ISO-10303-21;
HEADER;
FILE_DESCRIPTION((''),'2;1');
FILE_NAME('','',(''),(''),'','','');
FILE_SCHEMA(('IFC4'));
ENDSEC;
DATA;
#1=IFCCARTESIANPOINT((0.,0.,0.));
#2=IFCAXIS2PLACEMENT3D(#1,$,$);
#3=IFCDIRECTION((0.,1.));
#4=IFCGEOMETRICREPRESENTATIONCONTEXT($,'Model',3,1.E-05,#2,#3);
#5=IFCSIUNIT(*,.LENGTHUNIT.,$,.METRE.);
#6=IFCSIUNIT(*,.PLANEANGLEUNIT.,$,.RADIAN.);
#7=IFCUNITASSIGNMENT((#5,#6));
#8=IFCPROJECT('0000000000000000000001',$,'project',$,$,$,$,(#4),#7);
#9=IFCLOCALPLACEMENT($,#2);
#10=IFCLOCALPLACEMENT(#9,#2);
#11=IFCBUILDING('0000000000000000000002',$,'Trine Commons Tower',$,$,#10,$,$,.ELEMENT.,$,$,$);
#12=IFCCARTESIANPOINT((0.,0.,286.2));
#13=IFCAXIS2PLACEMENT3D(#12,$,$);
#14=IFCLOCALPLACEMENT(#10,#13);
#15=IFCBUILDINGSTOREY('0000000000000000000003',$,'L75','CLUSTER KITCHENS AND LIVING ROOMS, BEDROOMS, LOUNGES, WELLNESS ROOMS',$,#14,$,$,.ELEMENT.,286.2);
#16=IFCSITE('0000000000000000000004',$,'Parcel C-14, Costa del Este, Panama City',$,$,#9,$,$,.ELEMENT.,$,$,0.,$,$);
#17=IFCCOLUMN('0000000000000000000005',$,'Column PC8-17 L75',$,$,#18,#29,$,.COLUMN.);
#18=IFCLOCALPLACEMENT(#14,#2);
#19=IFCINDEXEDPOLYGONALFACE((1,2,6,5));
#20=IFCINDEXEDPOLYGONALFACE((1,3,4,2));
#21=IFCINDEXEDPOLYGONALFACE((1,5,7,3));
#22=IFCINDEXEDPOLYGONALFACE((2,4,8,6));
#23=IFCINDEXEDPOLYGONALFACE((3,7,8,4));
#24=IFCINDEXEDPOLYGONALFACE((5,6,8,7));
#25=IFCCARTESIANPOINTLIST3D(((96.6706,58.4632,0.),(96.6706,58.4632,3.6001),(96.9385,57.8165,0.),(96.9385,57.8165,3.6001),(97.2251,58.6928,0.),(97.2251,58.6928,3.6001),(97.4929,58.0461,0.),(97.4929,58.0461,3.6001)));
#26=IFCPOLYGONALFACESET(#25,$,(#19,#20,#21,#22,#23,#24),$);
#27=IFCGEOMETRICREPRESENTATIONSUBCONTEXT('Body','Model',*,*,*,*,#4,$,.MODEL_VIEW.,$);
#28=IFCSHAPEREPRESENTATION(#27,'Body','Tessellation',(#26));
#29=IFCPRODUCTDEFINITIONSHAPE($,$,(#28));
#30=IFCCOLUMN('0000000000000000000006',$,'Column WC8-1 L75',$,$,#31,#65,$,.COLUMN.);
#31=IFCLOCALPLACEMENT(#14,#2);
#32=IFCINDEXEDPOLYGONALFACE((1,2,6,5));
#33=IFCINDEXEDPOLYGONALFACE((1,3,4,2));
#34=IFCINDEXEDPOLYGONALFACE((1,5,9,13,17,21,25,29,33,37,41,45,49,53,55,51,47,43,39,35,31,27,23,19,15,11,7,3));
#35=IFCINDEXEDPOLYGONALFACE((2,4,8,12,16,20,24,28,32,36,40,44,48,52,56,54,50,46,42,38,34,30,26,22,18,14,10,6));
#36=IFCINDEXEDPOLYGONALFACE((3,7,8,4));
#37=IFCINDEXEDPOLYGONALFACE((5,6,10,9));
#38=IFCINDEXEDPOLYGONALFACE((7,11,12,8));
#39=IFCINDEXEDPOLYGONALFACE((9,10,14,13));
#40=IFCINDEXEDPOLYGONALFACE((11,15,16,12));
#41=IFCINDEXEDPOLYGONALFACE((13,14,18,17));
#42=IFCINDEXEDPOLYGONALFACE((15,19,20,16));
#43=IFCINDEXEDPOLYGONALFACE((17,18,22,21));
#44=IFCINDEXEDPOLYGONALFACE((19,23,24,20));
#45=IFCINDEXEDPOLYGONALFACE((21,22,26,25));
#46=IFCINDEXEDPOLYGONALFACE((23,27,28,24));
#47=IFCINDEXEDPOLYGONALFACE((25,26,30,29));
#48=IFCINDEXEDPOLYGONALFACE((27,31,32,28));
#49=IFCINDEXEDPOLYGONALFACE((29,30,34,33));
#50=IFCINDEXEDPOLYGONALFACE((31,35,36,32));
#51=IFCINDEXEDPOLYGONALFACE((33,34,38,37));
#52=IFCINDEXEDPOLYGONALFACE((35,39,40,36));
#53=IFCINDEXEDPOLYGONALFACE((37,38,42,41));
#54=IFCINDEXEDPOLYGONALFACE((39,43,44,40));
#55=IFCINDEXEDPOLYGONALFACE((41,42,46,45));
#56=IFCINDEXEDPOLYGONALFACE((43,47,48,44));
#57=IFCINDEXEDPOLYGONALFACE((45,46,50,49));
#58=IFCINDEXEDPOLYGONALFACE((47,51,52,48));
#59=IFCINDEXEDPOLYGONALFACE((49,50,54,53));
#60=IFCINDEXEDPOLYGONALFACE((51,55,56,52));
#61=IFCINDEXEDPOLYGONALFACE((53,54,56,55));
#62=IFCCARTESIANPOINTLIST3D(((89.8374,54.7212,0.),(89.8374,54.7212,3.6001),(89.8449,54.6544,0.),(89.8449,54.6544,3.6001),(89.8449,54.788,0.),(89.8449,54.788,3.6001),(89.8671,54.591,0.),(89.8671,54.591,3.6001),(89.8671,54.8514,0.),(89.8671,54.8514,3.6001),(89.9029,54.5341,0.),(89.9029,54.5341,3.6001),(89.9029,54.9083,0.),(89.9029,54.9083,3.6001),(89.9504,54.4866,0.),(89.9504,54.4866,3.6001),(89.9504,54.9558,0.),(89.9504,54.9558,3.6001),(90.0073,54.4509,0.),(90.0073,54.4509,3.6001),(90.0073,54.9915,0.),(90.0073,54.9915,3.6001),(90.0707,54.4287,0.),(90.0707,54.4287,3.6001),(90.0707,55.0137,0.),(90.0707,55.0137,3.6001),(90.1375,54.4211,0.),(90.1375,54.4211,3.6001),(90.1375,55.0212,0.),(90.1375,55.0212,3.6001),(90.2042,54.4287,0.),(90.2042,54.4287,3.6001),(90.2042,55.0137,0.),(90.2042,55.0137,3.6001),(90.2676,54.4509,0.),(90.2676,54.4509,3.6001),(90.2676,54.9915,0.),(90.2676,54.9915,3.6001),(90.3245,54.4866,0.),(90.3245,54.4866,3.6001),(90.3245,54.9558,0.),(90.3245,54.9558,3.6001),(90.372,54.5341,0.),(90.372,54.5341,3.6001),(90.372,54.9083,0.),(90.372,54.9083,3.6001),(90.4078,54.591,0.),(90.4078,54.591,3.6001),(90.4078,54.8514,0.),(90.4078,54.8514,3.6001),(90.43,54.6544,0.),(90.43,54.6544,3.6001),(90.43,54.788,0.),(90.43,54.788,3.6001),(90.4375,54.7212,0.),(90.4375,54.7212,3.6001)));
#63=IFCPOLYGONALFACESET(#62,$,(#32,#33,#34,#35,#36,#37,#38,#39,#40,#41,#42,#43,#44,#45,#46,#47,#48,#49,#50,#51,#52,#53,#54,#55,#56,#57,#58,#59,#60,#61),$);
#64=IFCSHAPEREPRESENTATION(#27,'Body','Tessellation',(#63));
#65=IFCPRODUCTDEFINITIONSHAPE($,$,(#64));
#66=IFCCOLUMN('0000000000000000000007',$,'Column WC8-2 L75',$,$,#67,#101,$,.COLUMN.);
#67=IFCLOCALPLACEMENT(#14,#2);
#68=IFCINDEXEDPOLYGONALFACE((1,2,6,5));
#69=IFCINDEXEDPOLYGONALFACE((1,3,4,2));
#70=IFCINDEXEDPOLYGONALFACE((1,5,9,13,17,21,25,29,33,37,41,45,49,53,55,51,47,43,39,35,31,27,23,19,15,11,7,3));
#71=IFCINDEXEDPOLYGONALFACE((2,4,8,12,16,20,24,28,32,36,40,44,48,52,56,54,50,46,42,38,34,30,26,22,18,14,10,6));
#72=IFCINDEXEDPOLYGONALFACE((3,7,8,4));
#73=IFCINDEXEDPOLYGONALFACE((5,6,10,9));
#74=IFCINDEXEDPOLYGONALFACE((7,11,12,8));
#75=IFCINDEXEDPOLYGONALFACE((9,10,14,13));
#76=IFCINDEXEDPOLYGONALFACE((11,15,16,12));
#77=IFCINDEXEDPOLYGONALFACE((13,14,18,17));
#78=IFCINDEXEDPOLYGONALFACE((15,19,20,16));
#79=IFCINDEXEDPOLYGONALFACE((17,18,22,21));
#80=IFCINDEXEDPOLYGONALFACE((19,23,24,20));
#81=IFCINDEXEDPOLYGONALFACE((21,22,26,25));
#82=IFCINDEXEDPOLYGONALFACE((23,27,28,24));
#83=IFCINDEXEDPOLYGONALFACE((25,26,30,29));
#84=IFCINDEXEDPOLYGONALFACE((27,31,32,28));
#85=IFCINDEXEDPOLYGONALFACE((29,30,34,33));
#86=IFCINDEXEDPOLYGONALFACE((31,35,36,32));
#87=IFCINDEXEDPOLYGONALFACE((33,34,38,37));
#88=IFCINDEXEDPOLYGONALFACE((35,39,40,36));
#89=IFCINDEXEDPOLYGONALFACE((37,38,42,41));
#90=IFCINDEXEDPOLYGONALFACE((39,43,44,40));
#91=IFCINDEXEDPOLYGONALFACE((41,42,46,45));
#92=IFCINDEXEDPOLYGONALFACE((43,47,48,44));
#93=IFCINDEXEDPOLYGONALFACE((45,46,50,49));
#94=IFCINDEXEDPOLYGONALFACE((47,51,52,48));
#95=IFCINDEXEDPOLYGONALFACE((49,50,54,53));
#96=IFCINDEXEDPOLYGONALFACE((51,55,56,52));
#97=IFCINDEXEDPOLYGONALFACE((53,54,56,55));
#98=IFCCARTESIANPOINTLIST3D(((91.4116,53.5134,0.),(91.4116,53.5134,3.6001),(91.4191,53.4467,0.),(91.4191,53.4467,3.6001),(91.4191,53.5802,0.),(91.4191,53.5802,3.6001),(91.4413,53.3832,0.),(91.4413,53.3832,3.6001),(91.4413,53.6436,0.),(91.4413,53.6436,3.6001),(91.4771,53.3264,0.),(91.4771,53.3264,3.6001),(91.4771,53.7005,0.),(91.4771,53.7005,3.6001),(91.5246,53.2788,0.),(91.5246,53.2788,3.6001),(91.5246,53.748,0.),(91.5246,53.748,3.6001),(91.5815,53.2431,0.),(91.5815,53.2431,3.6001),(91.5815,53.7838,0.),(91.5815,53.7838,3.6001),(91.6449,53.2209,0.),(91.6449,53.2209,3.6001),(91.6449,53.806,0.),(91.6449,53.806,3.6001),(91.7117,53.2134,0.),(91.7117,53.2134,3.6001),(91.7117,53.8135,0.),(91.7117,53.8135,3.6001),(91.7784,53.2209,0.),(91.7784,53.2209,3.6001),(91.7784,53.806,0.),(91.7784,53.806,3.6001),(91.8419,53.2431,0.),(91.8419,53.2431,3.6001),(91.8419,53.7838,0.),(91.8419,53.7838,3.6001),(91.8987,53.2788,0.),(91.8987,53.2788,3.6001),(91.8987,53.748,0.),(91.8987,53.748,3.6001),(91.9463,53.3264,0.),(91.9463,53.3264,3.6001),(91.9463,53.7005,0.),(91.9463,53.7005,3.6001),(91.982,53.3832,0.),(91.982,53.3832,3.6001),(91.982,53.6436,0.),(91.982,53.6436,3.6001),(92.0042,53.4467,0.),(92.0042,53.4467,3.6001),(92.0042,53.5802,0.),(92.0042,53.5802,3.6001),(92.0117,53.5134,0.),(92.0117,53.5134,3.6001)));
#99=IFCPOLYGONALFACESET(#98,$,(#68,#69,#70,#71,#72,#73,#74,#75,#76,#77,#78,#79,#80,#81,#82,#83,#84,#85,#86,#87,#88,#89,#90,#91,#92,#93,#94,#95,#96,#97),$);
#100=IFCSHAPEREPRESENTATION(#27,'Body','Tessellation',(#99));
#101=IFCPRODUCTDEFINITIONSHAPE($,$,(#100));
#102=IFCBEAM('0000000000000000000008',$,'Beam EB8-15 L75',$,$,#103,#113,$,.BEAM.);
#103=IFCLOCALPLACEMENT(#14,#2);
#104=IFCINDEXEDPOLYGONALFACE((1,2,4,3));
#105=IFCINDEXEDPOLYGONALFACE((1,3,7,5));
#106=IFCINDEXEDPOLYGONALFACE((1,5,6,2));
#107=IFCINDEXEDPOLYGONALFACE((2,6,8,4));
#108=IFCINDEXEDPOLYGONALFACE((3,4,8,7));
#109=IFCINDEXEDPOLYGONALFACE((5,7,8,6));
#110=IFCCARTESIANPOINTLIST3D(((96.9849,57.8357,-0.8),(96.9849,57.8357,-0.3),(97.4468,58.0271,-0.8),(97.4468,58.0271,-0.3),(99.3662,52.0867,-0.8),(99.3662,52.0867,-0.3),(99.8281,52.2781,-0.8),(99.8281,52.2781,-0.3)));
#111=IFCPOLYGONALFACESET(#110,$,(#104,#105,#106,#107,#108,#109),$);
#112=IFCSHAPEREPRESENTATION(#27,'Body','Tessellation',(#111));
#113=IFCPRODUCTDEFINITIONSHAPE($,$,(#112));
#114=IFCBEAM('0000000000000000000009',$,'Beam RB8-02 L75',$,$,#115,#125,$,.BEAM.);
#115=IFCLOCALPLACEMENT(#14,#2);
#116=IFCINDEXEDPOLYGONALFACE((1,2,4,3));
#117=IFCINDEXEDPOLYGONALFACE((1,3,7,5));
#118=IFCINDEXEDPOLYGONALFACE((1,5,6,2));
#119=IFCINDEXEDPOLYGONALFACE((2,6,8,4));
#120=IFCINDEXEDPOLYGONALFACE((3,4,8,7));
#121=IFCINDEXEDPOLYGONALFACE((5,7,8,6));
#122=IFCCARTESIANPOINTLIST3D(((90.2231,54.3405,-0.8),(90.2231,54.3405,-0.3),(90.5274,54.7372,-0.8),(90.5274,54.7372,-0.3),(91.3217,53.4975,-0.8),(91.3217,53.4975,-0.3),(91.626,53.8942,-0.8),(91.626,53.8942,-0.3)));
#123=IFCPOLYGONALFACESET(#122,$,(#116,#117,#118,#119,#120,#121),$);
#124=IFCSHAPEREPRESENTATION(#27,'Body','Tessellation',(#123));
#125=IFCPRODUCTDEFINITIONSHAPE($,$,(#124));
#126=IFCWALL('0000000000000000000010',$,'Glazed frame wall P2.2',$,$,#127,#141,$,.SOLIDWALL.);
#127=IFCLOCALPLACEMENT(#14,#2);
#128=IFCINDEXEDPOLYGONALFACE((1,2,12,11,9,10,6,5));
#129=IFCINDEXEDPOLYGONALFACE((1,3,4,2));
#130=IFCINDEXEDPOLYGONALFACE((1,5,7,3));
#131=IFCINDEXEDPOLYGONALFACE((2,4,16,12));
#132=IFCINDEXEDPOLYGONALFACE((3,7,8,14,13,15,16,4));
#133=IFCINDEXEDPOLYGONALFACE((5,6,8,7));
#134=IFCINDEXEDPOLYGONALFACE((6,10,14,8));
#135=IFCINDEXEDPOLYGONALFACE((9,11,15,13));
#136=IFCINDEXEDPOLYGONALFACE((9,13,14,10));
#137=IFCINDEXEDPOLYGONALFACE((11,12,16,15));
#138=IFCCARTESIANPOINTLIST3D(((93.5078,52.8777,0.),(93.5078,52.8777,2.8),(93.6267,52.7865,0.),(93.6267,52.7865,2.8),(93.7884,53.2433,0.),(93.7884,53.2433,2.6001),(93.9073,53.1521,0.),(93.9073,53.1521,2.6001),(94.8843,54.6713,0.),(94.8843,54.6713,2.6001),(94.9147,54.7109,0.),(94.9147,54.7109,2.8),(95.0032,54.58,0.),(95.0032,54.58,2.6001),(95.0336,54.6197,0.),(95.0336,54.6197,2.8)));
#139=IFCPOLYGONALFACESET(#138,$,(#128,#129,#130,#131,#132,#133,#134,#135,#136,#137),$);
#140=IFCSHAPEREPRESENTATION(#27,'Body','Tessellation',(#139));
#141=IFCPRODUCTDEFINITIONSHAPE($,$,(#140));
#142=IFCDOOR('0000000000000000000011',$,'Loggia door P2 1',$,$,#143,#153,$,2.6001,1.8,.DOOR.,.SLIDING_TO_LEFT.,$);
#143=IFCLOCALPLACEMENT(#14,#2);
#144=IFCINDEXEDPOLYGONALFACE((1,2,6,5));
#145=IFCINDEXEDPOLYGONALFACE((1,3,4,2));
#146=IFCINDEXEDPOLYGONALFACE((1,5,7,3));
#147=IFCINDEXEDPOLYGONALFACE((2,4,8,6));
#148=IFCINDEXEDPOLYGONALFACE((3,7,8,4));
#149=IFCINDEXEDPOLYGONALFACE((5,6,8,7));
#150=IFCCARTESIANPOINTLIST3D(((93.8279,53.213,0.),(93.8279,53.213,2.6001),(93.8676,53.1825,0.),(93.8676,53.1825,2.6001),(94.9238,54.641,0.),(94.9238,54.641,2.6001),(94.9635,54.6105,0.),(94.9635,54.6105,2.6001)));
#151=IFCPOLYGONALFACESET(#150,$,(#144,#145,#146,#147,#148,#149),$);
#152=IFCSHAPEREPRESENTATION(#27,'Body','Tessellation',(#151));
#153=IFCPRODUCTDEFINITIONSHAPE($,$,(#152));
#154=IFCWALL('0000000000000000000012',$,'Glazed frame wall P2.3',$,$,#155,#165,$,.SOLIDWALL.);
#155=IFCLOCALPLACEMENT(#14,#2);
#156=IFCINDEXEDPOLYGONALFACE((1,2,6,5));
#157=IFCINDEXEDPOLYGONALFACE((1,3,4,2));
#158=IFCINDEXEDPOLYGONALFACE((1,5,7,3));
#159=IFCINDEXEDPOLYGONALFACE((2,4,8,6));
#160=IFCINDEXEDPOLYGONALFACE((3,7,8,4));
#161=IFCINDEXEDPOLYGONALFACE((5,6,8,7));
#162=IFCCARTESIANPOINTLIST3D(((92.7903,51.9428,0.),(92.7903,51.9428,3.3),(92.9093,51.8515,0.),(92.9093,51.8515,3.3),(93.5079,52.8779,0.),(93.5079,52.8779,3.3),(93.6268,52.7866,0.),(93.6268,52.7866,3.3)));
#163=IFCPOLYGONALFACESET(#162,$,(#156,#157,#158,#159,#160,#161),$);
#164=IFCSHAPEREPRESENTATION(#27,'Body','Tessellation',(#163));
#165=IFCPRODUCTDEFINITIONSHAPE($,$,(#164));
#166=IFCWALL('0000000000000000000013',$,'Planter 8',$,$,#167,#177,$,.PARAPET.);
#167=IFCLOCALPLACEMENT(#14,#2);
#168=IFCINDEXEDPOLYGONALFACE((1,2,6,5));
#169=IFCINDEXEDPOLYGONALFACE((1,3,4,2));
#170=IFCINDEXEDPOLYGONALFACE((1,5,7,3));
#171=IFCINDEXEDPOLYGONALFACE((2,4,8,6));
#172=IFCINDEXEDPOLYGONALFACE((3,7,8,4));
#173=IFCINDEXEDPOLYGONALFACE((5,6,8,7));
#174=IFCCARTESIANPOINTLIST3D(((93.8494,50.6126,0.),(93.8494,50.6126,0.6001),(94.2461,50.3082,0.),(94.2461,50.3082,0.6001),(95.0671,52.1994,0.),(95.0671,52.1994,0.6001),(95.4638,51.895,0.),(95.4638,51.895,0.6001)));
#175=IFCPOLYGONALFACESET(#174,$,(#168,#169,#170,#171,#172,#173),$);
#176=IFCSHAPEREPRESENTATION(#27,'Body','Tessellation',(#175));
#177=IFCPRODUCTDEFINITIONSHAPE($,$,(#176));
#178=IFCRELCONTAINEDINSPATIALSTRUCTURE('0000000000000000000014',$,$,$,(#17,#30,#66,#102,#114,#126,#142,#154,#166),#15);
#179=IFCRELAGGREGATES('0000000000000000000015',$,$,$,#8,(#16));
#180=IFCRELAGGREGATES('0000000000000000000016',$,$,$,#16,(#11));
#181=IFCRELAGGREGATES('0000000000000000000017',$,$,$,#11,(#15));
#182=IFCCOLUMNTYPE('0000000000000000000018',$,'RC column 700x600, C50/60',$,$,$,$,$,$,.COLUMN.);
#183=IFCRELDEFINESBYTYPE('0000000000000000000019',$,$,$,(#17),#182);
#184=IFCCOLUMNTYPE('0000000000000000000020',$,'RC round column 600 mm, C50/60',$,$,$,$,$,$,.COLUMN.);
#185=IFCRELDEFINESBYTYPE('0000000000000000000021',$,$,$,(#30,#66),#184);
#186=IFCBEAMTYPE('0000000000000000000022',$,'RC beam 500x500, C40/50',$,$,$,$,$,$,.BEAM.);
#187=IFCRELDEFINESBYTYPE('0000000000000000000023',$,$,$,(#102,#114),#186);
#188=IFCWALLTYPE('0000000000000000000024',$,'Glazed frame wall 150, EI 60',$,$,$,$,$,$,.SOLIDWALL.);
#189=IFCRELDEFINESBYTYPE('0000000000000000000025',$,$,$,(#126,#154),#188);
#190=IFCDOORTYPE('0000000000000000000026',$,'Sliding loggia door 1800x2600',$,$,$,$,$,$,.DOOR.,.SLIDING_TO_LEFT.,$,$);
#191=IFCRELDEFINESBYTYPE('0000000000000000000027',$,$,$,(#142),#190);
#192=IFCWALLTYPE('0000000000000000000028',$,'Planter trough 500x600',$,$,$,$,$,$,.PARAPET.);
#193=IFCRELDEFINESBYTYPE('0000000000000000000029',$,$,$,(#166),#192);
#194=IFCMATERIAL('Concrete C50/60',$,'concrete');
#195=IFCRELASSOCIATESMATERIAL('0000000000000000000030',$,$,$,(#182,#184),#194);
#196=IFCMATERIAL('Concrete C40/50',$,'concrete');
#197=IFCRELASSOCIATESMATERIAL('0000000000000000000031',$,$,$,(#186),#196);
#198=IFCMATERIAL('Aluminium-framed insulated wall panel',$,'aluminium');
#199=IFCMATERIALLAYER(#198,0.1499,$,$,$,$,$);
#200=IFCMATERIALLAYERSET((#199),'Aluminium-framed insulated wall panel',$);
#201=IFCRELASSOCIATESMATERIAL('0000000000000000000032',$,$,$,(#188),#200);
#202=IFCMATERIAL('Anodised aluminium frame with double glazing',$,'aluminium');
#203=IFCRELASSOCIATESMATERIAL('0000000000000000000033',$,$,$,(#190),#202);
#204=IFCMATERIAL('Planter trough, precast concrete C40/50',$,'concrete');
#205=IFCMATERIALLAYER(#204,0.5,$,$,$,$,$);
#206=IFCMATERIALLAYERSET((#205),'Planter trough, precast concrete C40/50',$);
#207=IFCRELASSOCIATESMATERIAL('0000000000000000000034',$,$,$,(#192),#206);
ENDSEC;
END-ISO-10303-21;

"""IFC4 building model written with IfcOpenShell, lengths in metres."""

from ifc_helpers import new_model, si_unit, direction, frame, frame_2d, origin, origin_2d, place, context, subcontext, project, spatial, polyline, rectangle, circle, outline, extrude, material, layer, layer_set, material_profile, profile_set, type_object, element, fill, save


model = new_model("IFC4")

# Units and contexts
model_context = context("Model", 3, precision=1e-05, world=origin(), true_north=direction((0.0, 1.0)))
body_context = subcontext(model_context, "Body", "Model", "MODEL_VIEW")
ifc_project = project(units=[si_unit("LENGTHUNIT", "METRE"), si_unit("PLANEANGLEUNIT", "RADIAN")], contexts=[model_context])

# Site, building, storey
site_placement = place(None, origin())
site = spatial("IfcSite", under=ifc_project, at=site_placement, Name="Parcel C-14, Costa del Este, Panama City", CompositionType="ELEMENT", RefElevation=0.0)
building_placement = place(site_placement, origin())
building = spatial("IfcBuilding", under=site, at=building_placement, Name="Trine Commons Tower", CompositionType="ELEMENT")
storey_placement = place(building_placement, frame((0.0, 0.0, 286.2)))
storey = spatial("IfcBuildingStorey", under=building, at=storey_placement, Name="L75", Description="CLUSTER KITCHENS AND LIVING ROOMS, BEDROOMS, LOUNGES, WELLNESS ROOMS", CompositionType="ELEMENT", Elevation=286.2)

# Columns
ifc_material_1 = material(Name="Concrete C50/60", Category="concrete")
ifc_material_profile_1 = material_profile(ifc_material_1, rectangle(XDim=0.7, YDim=0.6001, at=origin_2d()), Name="RC 700x600")
ifc_profile_set_1 = profile_set([ifc_material_profile_1], Name="Concrete C50/60")
column_type_1 = type_object("IfcColumnType", Name="RC column 700x600, C50/60", PredefinedType="COLUMN", material=ifc_profile_set_1)
column_placement = place(storey_placement, frame((97.0818, 58.2546, 0.0), z_axis=(0.0, 0.0, 1.0), x_axis=(-0.382683, 0.92388, 0.0)))
element("IfcColumn", 1, at=column_placement, inside=storey, type_object=column_type_1, Name="Column PC8-17 L75", PredefinedType="COLUMN", context=body_context, shape_type="SweptSolid", body=[
    extrude(rectangle(XDim=0.7, YDim=0.6001, at=origin_2d()), origin(), (0.0, 0.0, 1.0), 3.6001),
])
ifc_material_profile_2 = material_profile(ifc_material_1, circle(Radius=0.3, at=origin_2d()), Name="RC round 600")
ifc_profile_set_2 = profile_set([ifc_material_profile_2], Name="Concrete C50/60")
column_type_2 = type_object("IfcColumnType", Name="RC round column 600 mm, C50/60", PredefinedType="COLUMN", material=ifc_profile_set_2)
for number, where, z_axis, x_axis, name in (
    (2, (90.1375, 54.7212, 0.0), (0.0, 0.0, 1.0), (1.0, 0.0, 0.0), "Column WC8-1 L75"),
    (3, (91.7117, 53.5134, 0.0), (0.0, 0.0, 1.0), (1.0, 0.0, 0.0), "Column WC8-2 L75"),
):
    element("IfcColumn", number, at=place(storey_placement, frame(where, z_axis=z_axis, x_axis=x_axis)), inside=storey, type_object=column_type_2, Name=name, PredefinedType="COLUMN", context=body_context, shape_type="SweptSolid", body=[
        extrude(circle(Radius=0.3, at=origin_2d()), origin(), (0.0, 0.0, 1.0), 3.6001),
    ])

# Beams
ifc_material_2 = material(Name="Concrete C40/50", Category="concrete")
ifc_material_profile_3 = material_profile(ifc_material_2, rectangle(XDim=0.5, YDim=0.5, at=origin_2d()), Name="RC 500x500")
ifc_profile_set_3 = profile_set([ifc_material_profile_3], Name="Concrete C40/50")
beam_type = type_object("IfcBeamType", Name="RC beam 500x500, C40/50", PredefinedType="BEAM", material=ifc_profile_set_3)
beam_1_placement = place(storey_placement, frame((97.2158, 57.9314, -0.55), z_axis=(0.382687, -0.923878, 0.0), x_axis=(0.923878, 0.382687, 0.0)))
element("IfcBeam", 4, at=beam_1_placement, inside=storey, type_object=beam_type, Name="Beam EB8-15 L75", PredefinedType="BEAM", context=body_context, shape_type="SweptSolid", body=[
    extrude(rectangle(XDim=0.5, YDim=0.5, at=origin_2d()), origin(), (0.0, 0.0, 1.0), 6.2227),
])
beam_2_placement = place(storey_placement, frame((90.3752, 54.5388, -0.55), z_axis=(0.793351, -0.608765, 0.0), x_axis=(0.608765, 0.793351, 0.0)))
element("IfcBeam", 5, at=beam_2_placement, inside=storey, type_object=beam_type, Name="Beam RB8-02 L75", PredefinedType="BEAM", context=body_context, shape_type="SweptSolid", body=[
    extrude(rectangle(XDim=0.5, YDim=0.5, at=origin_2d()), origin(), (0.0, 0.0, 1.0), 1.3848),
])

# Shared definitions
ifc_material_3 = material(Name="Aluminium-framed insulated wall panel", Category="aluminium")
ifc_layer_1 = layer(ifc_material_3, 0.1499)
ifc_layer_set_1 = layer_set([ifc_layer_1], Name="Aluminium-framed insulated wall panel")
wall_type_1 = type_object("IfcWallType", Name="Glazed frame wall 150, EI 60", PredefinedType="SOLIDWALL", material=ifc_layer_set_1)

# Wall, opening, door
wall_1_placement = place(storey_placement, frame((94.9741, 54.6653, 0.0), z_axis=(0.0, 0.0, 1.0), x_axis=(-0.608822, -0.793307, 0.0)))
wall_1 = element("IfcWall", 6, at=wall_1_placement, inside=storey, type_object=wall_type_1, Name="Glazed frame wall P2.2", PredefinedType="SOLIDWALL", context=body_context, shape_type="SweptSolid", body=[
    extrude(outline(polyline([(0.0, -0.075), (2.3108, -0.075), (2.3108, 0.075), (0.0, 0.075), (0.0, -0.075)])), origin(), (0.0, 0.0, 1.0), 2.8),
])
opening_1_placement = place(wall_1_placement, frame((0.05, 0.0, 0.0)))
opening_1 = element("IfcOpeningElement", 7, at=opening_1_placement, cuts=wall_1, PredefinedType="OPENING", context=body_context, shape_type="SweptSolid", body=[
    extrude(rectangle(XDim=1.8, YDim=2.6001, at=frame_2d((0.8999, 1.3))), frame((0.0, 0.085, 0.0), z_axis=(0.0, -1.0, 0.0), x_axis=(1.0, 0.0, 0.0)), (0.0, 0.0, 1.0), 0.1699),
])
ifc_material_4 = material(Name="Anodised aluminium frame with double glazing", Category="aluminium")
door_type_1 = type_object("IfcDoorType", Name="Sliding loggia door 1800x2600", OperationType="SLIDING_TO_LEFT", PredefinedType="DOOR", material=ifc_material_4)
door_1_placement = place(opening_1_placement, origin())
door_1 = element("IfcDoor", 8, at=door_1_placement, inside=storey, type_object=door_type_1, Name="Loggia door P2 1", OperationType="SLIDING_TO_LEFT", OverallHeight=2.6001, OverallWidth=1.8, PredefinedType="DOOR", context=body_context, shape_type="SweptSolid", body=[
    extrude(rectangle(XDim=1.8, YDim=2.6001, at=frame_2d((0.8999, 1.3))), frame((0.0, 0.0249, 0.0), z_axis=(0.0, -1.0, 0.0), x_axis=(1.0, 0.0, 0.0)), (0.0, 0.0, 1.0), 0.05),
])
fill(opening_1, door_1)

# Walls
wall_2_placement = place(storey_placement, frame((93.5674, 52.8323, 0.0), z_axis=(0.0, 0.0, 1.0), x_axis=(-0.608779, -0.79334, 0.0)))
element("IfcWall", 9, at=wall_2_placement, inside=storey, type_object=wall_type_1, Name="Glazed frame wall P2.3", PredefinedType="SOLIDWALL", context=body_context, shape_type="SweptSolid", body=[
    extrude(outline(polyline([(0.0, -0.075), (1.1787, -0.075), (1.1787, 0.075), (0.0, 0.075), (0.0, -0.075)])), origin(), (0.0, 0.0, 1.0), 3.3),
])
ifc_material_5 = material(Name="Planter trough, precast concrete C40/50", Category="concrete")
ifc_layer_2 = layer(ifc_material_5, 0.5)
ifc_layer_set_2 = layer_set([ifc_layer_2], Name="Planter trough, precast concrete C40/50")
wall_type_2 = type_object("IfcWallType", Name="Planter trough 500x600", PredefinedType="PARAPET", material=ifc_layer_set_2)
wall_3_placement = place(storey_placement, frame((95.2654, 52.0471, 0.0), z_axis=(0.0, 0.0, 1.0), x_axis=(-0.60879, -0.793331, 0.0)))
element("IfcWall", 10, at=wall_3_placement, inside=storey, type_object=wall_type_2, Name="Planter 8", PredefinedType="PARAPET", context=body_context, shape_type="SweptSolid", body=[
    extrude(rectangle(XDim=2.0002, YDim=0.5, at=frame_2d((1.0, 0.0))), origin(), (0.0, 0.0, 1.0), 0.6001),
])

save(model, "model.ifc")
